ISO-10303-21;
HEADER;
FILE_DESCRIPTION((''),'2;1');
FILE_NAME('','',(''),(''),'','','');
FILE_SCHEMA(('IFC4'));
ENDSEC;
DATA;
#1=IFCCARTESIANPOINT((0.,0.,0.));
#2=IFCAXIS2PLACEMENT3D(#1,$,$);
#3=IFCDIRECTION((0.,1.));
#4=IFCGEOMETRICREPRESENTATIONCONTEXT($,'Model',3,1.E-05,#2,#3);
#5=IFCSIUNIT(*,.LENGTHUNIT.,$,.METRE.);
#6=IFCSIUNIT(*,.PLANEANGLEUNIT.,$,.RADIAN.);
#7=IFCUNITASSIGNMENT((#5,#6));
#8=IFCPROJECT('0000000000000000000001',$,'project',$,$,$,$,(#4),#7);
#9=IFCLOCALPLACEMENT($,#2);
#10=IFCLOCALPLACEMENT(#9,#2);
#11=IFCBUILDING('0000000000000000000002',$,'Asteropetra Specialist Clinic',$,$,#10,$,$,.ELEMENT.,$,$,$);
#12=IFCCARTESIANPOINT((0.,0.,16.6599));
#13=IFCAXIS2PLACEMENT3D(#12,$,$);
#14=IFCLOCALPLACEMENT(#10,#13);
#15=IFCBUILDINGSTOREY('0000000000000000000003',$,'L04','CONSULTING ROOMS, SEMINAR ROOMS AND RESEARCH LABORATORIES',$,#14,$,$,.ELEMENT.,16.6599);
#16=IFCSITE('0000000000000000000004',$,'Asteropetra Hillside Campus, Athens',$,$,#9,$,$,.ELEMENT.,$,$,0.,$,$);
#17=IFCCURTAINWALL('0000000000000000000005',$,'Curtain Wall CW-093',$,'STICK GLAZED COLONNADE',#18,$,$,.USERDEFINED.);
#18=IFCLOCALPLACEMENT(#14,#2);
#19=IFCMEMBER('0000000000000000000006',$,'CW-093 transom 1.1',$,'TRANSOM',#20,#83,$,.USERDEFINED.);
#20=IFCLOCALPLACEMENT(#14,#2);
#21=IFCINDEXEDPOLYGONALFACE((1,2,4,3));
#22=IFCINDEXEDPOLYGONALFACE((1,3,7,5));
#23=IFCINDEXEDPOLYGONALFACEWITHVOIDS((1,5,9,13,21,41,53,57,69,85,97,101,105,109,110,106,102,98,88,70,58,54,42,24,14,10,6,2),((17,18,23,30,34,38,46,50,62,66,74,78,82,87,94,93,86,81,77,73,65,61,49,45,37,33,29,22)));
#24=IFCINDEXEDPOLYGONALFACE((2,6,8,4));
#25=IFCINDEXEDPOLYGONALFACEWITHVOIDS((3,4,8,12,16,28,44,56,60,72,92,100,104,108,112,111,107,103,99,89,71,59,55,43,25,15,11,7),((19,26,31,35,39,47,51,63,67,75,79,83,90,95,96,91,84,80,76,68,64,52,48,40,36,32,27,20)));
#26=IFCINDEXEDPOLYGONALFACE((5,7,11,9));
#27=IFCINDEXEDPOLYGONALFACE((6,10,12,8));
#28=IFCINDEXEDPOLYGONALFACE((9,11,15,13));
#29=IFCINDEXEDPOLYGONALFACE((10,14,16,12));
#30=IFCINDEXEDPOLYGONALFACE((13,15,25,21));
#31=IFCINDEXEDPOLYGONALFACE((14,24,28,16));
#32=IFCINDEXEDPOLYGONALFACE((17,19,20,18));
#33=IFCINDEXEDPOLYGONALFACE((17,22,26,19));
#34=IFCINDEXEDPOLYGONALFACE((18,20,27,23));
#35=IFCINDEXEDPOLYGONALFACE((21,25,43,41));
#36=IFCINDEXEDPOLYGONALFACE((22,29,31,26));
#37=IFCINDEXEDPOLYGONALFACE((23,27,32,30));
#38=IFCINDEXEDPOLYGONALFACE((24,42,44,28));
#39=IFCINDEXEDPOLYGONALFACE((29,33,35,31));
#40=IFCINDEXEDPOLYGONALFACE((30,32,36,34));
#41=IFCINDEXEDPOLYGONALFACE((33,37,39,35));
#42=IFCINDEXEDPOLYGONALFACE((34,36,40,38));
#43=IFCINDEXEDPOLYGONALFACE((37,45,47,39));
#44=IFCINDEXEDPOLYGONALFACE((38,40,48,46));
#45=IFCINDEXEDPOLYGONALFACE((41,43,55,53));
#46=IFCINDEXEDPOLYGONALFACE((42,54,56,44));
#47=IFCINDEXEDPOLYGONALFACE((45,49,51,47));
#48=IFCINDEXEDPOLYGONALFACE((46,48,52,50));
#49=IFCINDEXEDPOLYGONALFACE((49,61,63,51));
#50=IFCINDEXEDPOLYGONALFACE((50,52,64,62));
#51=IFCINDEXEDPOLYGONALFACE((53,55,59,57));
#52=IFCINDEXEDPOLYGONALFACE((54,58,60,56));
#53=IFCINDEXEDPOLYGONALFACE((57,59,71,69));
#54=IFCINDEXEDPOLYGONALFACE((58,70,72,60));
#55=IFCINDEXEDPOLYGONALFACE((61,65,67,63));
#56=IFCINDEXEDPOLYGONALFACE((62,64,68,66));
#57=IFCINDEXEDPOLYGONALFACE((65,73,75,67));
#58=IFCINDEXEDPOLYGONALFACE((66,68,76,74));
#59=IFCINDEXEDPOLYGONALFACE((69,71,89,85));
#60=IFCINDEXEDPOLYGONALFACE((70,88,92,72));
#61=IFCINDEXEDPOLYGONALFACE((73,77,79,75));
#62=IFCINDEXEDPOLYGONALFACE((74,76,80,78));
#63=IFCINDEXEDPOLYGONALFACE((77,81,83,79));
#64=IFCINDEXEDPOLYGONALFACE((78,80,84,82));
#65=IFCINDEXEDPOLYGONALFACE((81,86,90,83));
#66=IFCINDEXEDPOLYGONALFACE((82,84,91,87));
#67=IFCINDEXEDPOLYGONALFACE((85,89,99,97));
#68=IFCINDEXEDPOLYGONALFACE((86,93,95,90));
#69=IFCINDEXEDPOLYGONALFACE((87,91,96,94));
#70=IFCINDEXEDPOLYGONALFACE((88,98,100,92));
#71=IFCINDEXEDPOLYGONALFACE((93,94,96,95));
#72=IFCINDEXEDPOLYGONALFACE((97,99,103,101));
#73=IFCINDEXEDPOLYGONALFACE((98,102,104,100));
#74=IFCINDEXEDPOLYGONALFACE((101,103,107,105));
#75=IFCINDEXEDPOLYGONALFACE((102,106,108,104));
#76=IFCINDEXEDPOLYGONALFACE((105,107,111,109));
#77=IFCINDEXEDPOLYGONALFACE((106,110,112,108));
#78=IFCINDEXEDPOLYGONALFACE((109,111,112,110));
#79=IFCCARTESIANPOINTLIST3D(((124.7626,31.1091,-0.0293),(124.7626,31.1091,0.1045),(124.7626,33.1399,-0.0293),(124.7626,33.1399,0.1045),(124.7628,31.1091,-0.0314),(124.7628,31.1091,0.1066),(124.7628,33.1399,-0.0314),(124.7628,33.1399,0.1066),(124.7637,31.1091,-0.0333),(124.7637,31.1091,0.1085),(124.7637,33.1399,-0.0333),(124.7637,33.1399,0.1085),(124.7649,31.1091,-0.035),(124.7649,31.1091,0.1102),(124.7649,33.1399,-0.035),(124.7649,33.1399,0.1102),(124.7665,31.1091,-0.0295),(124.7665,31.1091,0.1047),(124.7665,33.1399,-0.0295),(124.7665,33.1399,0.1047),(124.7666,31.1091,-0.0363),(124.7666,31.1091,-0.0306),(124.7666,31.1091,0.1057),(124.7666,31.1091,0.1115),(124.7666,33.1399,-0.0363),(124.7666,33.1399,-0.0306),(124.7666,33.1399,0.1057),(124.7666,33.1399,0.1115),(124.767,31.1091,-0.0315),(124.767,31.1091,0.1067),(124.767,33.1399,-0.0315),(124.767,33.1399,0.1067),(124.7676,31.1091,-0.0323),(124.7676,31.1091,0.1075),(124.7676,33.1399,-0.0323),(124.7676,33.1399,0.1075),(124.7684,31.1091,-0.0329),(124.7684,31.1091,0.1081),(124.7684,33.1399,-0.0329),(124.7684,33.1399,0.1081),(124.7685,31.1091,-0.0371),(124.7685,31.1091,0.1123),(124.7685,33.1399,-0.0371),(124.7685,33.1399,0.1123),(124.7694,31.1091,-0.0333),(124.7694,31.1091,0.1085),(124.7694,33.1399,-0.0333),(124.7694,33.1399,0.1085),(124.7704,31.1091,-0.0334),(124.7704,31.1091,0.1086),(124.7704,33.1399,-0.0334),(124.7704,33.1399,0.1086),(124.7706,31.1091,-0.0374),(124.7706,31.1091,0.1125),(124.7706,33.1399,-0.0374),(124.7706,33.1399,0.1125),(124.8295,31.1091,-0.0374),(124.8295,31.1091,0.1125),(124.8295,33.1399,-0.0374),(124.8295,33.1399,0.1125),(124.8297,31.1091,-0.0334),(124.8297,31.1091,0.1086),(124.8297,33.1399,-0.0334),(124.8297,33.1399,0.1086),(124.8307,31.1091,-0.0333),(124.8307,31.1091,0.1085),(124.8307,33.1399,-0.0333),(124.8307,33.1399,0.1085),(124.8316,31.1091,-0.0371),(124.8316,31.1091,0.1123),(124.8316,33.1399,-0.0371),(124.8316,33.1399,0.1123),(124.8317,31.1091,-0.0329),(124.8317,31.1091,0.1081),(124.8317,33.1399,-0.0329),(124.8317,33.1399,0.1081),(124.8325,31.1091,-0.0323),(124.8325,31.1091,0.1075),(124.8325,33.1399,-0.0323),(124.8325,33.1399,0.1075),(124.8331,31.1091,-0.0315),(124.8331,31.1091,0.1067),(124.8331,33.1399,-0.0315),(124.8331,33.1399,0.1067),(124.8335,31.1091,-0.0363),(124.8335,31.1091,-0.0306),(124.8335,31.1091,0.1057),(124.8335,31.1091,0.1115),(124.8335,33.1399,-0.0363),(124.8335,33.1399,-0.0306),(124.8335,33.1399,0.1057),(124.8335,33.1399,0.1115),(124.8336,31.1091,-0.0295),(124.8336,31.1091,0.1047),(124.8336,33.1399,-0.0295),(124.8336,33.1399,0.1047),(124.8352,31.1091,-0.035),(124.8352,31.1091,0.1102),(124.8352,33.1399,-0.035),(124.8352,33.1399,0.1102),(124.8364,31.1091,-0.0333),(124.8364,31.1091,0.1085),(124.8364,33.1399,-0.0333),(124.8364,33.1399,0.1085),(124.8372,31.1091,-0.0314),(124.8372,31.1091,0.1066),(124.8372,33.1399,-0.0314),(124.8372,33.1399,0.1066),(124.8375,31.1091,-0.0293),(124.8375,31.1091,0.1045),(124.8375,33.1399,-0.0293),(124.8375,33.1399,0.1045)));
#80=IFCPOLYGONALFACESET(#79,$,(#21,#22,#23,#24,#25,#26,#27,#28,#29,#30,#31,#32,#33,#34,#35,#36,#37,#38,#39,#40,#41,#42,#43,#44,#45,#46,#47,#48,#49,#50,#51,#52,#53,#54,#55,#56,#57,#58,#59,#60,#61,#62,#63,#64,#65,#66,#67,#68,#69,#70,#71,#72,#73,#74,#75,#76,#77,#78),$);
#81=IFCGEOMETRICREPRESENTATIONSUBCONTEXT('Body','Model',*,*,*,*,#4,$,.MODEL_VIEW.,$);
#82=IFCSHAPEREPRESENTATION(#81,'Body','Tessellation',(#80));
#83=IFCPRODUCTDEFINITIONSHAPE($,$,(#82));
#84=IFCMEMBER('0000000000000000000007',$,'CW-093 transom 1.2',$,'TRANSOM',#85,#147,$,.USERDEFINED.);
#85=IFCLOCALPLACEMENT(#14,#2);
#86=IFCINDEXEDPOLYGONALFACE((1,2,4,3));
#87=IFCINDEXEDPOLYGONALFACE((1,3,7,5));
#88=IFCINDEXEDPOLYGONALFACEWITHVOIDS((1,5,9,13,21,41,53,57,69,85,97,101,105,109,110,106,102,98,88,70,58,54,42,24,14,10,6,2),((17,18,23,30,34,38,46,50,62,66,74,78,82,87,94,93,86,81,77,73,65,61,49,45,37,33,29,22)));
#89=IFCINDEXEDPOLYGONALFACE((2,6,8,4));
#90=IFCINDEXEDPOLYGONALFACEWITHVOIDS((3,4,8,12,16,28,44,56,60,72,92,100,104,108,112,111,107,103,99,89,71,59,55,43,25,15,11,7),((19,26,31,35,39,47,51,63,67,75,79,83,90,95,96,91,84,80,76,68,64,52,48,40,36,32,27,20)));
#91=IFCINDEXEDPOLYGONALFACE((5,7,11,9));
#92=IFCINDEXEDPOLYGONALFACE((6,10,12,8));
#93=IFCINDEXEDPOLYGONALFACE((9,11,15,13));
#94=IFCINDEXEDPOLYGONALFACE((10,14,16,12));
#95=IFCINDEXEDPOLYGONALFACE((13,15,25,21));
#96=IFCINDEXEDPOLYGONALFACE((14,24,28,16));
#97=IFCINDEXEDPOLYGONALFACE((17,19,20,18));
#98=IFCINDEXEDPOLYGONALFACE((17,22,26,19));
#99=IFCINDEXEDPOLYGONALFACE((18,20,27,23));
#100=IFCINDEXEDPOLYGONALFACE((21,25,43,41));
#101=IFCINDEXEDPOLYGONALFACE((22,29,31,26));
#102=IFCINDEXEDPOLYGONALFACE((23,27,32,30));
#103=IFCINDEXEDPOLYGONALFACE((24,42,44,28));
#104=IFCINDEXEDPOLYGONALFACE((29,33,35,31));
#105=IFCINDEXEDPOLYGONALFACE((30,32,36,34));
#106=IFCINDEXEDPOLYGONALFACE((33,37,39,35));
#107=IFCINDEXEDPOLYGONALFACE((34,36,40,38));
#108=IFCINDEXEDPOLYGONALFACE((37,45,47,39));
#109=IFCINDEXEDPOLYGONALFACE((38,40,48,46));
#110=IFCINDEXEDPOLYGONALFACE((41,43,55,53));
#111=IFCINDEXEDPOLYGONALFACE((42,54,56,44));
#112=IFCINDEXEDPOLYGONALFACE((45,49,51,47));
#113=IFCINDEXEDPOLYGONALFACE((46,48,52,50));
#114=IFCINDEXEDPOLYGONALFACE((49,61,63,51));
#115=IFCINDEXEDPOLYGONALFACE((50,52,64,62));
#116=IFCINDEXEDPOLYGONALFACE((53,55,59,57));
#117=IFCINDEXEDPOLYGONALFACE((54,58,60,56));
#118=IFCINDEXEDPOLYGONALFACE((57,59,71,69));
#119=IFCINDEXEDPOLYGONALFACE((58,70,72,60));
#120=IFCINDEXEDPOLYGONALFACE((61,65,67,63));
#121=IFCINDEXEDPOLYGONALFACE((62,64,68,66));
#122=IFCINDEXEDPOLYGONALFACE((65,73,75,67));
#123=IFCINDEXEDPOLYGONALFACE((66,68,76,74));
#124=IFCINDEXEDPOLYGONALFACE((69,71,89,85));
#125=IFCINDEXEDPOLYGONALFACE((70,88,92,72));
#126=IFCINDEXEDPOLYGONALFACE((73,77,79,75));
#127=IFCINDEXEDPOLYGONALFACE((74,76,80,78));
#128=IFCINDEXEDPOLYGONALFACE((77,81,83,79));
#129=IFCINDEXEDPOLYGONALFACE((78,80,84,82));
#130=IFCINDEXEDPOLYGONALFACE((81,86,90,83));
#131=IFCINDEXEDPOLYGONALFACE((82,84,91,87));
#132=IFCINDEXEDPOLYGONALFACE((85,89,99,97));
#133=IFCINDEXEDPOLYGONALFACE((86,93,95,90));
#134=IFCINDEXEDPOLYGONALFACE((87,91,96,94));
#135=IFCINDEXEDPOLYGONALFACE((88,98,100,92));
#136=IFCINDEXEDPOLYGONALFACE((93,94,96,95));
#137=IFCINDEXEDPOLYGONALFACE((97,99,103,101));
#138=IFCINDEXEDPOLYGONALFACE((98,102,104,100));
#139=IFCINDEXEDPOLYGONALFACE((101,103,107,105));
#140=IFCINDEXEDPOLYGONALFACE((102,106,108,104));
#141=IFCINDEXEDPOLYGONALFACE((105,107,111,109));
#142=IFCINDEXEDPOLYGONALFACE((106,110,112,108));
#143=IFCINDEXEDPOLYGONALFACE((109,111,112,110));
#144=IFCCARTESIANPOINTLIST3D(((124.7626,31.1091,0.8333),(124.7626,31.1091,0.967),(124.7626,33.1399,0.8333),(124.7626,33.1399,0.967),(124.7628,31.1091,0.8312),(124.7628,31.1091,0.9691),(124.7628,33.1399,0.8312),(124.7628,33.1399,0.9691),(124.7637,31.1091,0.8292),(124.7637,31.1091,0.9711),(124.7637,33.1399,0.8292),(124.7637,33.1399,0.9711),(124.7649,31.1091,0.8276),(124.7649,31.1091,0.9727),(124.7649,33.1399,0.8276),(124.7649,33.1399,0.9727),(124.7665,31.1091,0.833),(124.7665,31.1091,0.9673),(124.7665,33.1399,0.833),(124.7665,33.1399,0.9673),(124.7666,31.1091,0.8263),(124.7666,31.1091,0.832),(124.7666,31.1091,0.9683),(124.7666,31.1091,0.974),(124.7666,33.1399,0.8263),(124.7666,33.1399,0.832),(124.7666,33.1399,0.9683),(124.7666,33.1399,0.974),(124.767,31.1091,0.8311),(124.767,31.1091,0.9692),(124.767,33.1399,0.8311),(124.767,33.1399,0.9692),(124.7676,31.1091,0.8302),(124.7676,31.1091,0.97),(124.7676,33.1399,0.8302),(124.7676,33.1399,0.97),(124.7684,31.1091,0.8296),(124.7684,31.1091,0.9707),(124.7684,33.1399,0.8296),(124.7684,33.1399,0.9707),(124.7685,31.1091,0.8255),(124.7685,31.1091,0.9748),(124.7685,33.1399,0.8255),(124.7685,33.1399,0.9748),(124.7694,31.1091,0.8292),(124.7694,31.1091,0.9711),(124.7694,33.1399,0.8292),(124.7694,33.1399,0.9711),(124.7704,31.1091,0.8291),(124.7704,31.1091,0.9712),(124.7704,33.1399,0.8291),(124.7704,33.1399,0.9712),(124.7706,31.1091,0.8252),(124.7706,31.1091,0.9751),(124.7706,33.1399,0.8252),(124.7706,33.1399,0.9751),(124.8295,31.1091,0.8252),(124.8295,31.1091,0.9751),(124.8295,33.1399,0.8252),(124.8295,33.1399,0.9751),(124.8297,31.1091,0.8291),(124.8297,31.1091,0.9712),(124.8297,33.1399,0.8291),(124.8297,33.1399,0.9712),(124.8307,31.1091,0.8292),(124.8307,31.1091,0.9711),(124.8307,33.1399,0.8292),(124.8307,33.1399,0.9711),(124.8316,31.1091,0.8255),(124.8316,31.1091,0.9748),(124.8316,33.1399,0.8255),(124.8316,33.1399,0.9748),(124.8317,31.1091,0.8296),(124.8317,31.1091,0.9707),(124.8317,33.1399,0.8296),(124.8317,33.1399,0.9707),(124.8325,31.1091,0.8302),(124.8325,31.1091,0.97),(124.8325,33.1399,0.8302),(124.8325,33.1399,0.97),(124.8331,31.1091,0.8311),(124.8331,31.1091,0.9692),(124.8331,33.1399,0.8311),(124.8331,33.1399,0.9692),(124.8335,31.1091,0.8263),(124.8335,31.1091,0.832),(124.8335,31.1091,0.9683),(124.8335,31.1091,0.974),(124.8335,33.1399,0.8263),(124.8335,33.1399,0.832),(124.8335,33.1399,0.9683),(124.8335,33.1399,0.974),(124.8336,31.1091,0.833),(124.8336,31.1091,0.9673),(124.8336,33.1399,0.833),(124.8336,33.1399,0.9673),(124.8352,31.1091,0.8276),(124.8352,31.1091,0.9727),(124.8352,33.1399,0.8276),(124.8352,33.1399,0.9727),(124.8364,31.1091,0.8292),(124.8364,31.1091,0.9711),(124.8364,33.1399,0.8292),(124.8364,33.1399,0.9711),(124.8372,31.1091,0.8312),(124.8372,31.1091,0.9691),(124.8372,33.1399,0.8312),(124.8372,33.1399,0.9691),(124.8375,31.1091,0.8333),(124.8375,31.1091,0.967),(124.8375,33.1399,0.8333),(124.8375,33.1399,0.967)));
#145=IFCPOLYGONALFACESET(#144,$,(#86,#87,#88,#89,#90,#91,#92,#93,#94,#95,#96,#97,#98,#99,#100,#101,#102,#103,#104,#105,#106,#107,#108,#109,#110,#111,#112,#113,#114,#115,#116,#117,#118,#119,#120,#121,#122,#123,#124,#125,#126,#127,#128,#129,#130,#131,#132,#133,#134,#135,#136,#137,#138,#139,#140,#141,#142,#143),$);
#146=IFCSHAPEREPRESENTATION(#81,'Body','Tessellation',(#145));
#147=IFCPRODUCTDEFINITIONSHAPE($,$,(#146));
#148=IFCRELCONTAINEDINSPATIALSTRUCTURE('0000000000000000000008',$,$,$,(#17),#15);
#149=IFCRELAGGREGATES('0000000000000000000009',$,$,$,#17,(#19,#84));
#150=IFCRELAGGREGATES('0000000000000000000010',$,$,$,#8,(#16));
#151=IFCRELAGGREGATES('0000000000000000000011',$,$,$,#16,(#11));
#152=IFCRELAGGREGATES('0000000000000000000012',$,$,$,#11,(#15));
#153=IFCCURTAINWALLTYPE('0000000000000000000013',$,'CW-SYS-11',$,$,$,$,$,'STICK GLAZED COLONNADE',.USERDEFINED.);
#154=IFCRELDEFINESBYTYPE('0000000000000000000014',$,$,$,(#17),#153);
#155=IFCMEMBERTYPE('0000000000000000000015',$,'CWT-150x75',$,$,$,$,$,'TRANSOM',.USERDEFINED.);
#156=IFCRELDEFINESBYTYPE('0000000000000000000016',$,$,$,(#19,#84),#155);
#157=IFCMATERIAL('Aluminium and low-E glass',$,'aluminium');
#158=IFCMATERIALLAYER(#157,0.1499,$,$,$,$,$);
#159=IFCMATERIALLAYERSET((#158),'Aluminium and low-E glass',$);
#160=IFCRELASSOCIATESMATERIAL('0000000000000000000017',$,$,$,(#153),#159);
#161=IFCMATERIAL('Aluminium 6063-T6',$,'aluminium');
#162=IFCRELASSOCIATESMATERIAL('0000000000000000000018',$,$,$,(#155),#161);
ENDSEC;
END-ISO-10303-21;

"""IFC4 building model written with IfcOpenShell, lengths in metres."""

from ifc_helpers import new_model, si_unit, direction, frame, origin, origin_2d, place, context, subcontext, project, spatial, hollow_rectangle, extrude, material, layer, layer_set, material_profile, profile_set, type_object, element, aggregate, save


model = new_model("IFC4")

# Units and contexts
model_context = context("Model", 3, precision=1e-05, world=origin(), true_north=direction((0.0, 1.0)))
body_context = subcontext(model_context, "Body", "Model", "MODEL_VIEW")
ifc_project = project(units=[si_unit("LENGTHUNIT", "METRE"), si_unit("PLANEANGLEUNIT", "RADIAN")], contexts=[model_context])

# Site, building, storey
site_placement = place(None, origin())
site = spatial("IfcSite", under=ifc_project, at=site_placement, Name="Asteropetra Hillside Campus, Athens", CompositionType="ELEMENT", RefElevation=0.0)
building_placement = place(site_placement, origin())
building = spatial("IfcBuilding", under=site, at=building_placement, Name="Asteropetra Specialist Clinic", CompositionType="ELEMENT")
storey_placement = place(building_placement, frame((0.0, 0.0, 16.6599)))
storey = spatial("IfcBuildingStorey", under=building, at=storey_placement, Name="L04", Description="CONSULTING ROOMS, SEMINAR ROOMS AND RESEARCH LABORATORIES", CompositionType="ELEMENT", Elevation=16.6599)

# Curtain wall
ifc_material_1 = material(Name="Aluminium and low-E glass", Category="aluminium")
ifc_layer_1 = layer(ifc_material_1, 0.1499)
ifc_layer_set_1 = layer_set([ifc_layer_1], Name="Aluminium and low-E glass")
curtain_wall_type_1 = type_object("IfcCurtainWallType", Name="CW-SYS-11", ElementType="STICK GLAZED COLONNADE", PredefinedType="USERDEFINED", material=ifc_layer_set_1)
curtain_wall_1_placement = place(storey_placement, origin())
curtain_wall_1 = element("IfcCurtainWall", 1, at=curtain_wall_1_placement, inside=storey, type_object=curtain_wall_type_1, Name="Curtain Wall CW-093", ObjectType="STICK GLAZED COLONNADE", PredefinedType="USERDEFINED")

# Members
ifc_material_2 = material(Name="Aluminium 6063-T6", Category="aluminium")
ifc_material_profile_1 = material_profile(ifc_material_2, hollow_rectangle(XDim=0.075, YDim=0.1499, WallThickness=0.0039, InnerFilletRadius=0.0039, OuterFilletRadius=0.0081, at=origin_2d()), Name="TRN 150x75x4.0")
ifc_profile_set_1 = profile_set([ifc_material_profile_1], Name="Aluminium 6063-T6")
member_type_1 = type_object("IfcMemberType", Name="CWT-150x75", ElementType="TRANSOM", PredefinedType="USERDEFINED", material=ifc_profile_set_1)
member_1_placement = place(storey_placement, frame((124.8, 33.1399, 0.0376), z_axis=(0.0, -1.0, 0.0), x_axis=(1.0, 0.0, 0.0)))
member_1 = element("IfcMember", 2, at=member_1_placement, type_object=member_type_1, Name="CW-093 transom 1.1", ObjectType="TRANSOM", PredefinedType="USERDEFINED", context=body_context, shape_type="SweptSolid", body=[
    extrude(hollow_rectangle(XDim=0.075, YDim=0.1499, WallThickness=0.0039, InnerFilletRadius=0.0039, OuterFilletRadius=0.0081, at=origin_2d()), origin(), (0.0, 0.0, 1.0), 2.0308),
])
member_2_placement = place(storey_placement, frame((124.8, 33.1399, 0.9001), z_axis=(0.0, -1.0, 0.0), x_axis=(1.0, 0.0, 0.0)))
member_2 = element("IfcMember", 3, at=member_2_placement, type_object=member_type_1, Name="CW-093 transom 1.2", ObjectType="TRANSOM", PredefinedType="USERDEFINED", context=body_context, shape_type="SweptSolid", body=[
    extrude(hollow_rectangle(XDim=0.075, YDim=0.1499, WallThickness=0.0039, InnerFilletRadius=0.0039, OuterFilletRadius=0.0081, at=origin_2d()), origin(), (0.0, 0.0, 1.0), 2.0308),
])

aggregate(curtain_wall_1, [member_1, member_2])

save(model, "model.ifc")
